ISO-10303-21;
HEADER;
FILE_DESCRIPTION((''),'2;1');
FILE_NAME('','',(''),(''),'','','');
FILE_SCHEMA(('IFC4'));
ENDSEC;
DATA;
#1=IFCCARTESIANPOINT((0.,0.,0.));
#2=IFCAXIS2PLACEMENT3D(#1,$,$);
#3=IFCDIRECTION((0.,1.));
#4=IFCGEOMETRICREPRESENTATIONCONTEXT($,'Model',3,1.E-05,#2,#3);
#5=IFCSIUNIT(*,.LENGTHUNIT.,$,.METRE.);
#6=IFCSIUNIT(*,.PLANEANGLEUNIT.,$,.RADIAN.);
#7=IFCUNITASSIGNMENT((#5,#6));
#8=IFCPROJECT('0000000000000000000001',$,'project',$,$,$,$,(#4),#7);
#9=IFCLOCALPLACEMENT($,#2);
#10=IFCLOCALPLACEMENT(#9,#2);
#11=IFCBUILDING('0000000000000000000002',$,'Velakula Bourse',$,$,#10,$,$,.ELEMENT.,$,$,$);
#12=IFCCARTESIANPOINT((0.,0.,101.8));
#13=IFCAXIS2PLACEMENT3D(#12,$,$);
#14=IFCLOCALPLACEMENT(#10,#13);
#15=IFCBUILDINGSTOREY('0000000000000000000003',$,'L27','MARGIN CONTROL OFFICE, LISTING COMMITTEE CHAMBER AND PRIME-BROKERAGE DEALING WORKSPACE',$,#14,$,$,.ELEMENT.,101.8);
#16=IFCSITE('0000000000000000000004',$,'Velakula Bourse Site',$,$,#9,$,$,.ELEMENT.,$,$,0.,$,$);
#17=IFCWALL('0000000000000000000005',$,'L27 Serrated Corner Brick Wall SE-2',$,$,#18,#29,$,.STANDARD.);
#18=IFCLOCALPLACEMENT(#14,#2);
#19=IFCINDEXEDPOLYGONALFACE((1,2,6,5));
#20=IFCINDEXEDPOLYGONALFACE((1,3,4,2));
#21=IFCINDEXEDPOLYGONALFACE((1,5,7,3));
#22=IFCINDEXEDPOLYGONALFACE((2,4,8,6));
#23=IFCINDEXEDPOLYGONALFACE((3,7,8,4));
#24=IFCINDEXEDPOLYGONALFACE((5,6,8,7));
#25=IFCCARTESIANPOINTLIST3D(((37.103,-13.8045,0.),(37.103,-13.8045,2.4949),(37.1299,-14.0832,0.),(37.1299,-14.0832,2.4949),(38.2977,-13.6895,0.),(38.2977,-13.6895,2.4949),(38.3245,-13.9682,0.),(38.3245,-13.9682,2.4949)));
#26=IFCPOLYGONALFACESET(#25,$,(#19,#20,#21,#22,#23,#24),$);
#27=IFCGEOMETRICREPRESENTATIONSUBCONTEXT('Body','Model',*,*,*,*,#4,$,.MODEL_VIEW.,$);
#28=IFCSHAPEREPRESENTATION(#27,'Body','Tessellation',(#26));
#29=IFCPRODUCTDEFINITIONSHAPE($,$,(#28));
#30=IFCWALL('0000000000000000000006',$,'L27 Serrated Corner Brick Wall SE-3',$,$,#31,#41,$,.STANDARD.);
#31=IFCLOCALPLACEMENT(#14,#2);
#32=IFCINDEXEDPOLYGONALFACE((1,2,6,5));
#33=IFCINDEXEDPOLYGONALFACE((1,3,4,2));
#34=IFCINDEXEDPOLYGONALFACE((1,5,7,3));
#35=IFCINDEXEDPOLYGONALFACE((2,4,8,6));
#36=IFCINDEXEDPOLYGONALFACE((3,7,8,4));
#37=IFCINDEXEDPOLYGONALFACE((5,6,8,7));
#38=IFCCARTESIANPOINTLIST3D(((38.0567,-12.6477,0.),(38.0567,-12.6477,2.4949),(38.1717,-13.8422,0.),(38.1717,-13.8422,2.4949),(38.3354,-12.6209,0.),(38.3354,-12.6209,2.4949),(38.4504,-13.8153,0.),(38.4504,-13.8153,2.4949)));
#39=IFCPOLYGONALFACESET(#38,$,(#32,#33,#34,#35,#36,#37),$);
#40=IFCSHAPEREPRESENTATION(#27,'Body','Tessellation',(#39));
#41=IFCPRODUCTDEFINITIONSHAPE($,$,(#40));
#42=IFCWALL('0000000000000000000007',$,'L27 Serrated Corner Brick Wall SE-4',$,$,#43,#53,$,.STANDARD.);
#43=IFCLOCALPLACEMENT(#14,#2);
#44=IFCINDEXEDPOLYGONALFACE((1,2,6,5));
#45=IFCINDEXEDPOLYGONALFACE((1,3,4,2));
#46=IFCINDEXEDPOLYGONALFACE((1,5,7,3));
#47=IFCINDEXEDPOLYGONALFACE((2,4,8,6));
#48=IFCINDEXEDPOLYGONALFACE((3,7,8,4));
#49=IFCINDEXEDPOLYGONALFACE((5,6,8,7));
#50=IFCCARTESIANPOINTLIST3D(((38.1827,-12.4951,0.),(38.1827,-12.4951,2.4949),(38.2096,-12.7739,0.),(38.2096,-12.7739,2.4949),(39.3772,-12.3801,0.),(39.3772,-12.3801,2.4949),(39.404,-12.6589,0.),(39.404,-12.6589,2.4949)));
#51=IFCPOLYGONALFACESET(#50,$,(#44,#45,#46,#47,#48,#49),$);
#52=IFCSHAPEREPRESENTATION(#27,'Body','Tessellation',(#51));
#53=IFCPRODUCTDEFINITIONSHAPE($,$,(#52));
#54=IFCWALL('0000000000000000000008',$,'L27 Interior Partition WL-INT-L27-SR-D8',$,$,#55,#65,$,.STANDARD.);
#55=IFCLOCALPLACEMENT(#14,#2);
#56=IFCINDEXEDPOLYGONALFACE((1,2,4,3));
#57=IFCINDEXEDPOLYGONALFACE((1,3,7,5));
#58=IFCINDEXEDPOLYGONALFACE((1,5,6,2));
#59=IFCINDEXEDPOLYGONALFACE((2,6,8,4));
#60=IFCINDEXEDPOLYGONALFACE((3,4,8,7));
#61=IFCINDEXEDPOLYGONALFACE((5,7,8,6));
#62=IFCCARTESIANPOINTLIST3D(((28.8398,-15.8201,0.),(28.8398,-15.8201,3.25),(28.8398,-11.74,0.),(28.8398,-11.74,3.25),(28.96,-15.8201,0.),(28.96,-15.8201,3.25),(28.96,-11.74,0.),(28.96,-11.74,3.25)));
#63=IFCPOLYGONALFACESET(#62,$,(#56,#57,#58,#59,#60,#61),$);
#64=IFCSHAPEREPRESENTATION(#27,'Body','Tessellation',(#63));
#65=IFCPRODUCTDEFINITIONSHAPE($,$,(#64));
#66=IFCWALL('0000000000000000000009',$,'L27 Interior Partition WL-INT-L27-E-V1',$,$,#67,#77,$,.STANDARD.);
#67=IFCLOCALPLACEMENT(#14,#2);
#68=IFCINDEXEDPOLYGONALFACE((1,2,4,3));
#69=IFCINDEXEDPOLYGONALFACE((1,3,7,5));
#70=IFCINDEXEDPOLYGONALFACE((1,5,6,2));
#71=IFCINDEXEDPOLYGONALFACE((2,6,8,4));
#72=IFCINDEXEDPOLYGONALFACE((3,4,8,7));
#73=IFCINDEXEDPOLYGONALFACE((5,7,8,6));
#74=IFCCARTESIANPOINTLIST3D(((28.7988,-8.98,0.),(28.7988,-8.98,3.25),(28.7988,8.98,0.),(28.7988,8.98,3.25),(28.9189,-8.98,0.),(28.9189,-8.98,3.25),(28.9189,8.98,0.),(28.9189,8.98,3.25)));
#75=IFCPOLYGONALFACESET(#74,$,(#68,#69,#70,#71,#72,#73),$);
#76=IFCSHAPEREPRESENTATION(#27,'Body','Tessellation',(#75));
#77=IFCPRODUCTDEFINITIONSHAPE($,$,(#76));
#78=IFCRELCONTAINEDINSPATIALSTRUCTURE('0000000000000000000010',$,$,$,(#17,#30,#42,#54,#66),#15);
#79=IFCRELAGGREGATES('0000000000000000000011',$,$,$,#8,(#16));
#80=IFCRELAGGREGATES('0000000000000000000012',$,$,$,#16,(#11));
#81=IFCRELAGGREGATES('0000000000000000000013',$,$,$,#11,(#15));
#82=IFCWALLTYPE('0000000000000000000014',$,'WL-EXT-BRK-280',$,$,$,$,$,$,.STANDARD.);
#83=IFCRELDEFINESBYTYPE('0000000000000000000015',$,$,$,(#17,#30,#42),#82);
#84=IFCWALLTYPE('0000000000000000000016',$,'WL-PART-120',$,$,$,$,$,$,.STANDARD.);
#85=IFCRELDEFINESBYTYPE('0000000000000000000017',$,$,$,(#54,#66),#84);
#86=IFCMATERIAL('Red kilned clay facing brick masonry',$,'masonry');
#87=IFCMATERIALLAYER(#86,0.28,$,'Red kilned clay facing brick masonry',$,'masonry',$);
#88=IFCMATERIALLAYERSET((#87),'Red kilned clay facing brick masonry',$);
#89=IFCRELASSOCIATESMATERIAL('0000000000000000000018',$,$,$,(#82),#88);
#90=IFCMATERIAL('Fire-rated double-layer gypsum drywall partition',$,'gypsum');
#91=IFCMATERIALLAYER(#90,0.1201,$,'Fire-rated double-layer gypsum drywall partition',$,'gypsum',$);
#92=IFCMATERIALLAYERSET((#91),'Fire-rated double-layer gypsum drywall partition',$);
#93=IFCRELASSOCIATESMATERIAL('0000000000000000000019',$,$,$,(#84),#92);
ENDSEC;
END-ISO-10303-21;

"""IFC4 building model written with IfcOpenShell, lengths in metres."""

from ifc_helpers import new_model, si_unit, direction, frame, frame_2d, origin, place, context, subcontext, project, spatial, rectangle, extrude, material, layer, layer_set, type_object, element, save


model = new_model("IFC4")

# Units and contexts
model_context = context("Model", 3, precision=1e-05, world=origin(), true_north=direction((0.0, 1.0)))
body_context = subcontext(model_context, "Body", "Model", "MODEL_VIEW")
ifc_project = project(units=[si_unit("LENGTHUNIT", "METRE"), si_unit("PLANEANGLEUNIT", "RADIAN")], contexts=[model_context])

# Site, building, storey
site_placement = place(None, origin())
site = spatial("IfcSite", under=ifc_project, at=site_placement, Name="Velakula Bourse Site", CompositionType="ELEMENT", RefElevation=0.0)
building_placement = place(site_placement, origin())
building = spatial("IfcBuilding", under=site, at=building_placement, Name="Velakula Bourse", CompositionType="ELEMENT")
storey_placement = place(building_placement, frame((0.0, 0.0, 101.8)))
storey = spatial("IfcBuildingStorey", under=building, at=storey_placement, Name="L27", Description="MARGIN CONTROL OFFICE, LISTING COMMITTEE CHAMBER AND PRIME-BROKERAGE DEALING WORKSPACE", CompositionType="ELEMENT", Elevation=101.8)

# Shared definitions
ifc_material_1 = material(Name="Red kilned clay facing brick masonry", Category="masonry")
ifc_layer_1 = layer(ifc_material_1, 0.28, Name="Red kilned clay facing brick masonry", Category="masonry")
ifc_layer_set_1 = layer_set([ifc_layer_1], Name="Red kilned clay facing brick masonry")
wall_type_1 = type_object("IfcWallType", Name="WL-EXT-BRK-280", PredefinedType="STANDARD", material=ifc_layer_set_1)

# Walls
for number, where, z_axis, x_axis, name in (
    (1, (37.1165, -13.9438, 0.0), (0.0, 0.0, 1.0), (0.995399, 0.095817, 0.0), "L27 Serrated Corner Brick Wall SE-2"),
):
    element("IfcWall", number, at=place(storey_placement, frame(where, z_axis=z_axis, x_axis=x_axis)), inside=storey, type_object=wall_type_1, Name=name, PredefinedType="STANDARD", context=body_context, shape_type="SweptSolid", body=[
        extrude(rectangle(XDim=1.2002, YDim=0.28, at=frame_2d((0.6001, 0.0))), origin(), (0.0, 0.0, 1.0), 2.4949),
    ])
for number, where, z_axis, x_axis, name in (
    (2, (38.311, -13.8289, 0.0), (0.0, 0.0, 1.0), (-0.095836, 0.995397, 0.0), "L27 Serrated Corner Brick Wall SE-3"),
    (3, (38.196, -12.6345, 0.0), (0.0, 0.0, 1.0), (0.995397, 0.095836, 0.0), "L27 Serrated Corner Brick Wall SE-4"),
):
    element("IfcWall", number, at=place(storey_placement, frame(where, z_axis=z_axis, x_axis=x_axis)), inside=storey, type_object=wall_type_1, Name=name, PredefinedType="STANDARD", context=body_context, shape_type="SweptSolid", body=[
        extrude(rectangle(XDim=1.2, YDim=0.28, at=frame_2d((0.6001, 0.0))), origin(), (0.0, 0.0, 1.0), 2.4949),
    ])
ifc_material_2 = material(Name="Fire-rated double-layer gypsum drywall partition", Category="gypsum")
ifc_layer_2 = layer(ifc_material_2, 0.1201, Name="Fire-rated double-layer gypsum drywall partition", Category="gypsum")
ifc_layer_set_2 = layer_set([ifc_layer_2], Name="Fire-rated double-layer gypsum drywall partition")
wall_type_2 = type_object("IfcWallType", Name="WL-PART-120", PredefinedType="STANDARD", material=ifc_layer_set_2)
wall_1_placement = place(storey_placement, frame((28.8999, -15.8201, 0.0), z_axis=(0.0, 0.0, 1.0), x_axis=(0.0, 1.0, 0.0)))
element("IfcWall", 4, at=wall_1_placement, inside=storey, type_object=wall_type_2, Name="L27 Interior Partition WL-INT-L27-SR-D8", PredefinedType="STANDARD", context=body_context, shape_type="SweptSolid", body=[
    extrude(rectangle(XDim=4.0801, YDim=0.1201, at=frame_2d((2.04, 0.0))), origin(), (0.0, 0.0, 1.0), 3.25),
])
wall_2_placement = place(storey_placement, frame((28.8589, -8.98, 0.0), z_axis=(0.0, 0.0, 1.0), x_axis=(0.0, 1.0, 0.0)))
element("IfcWall", 5, at=wall_2_placement, inside=storey, type_object=wall_type_2, Name="L27 Interior Partition WL-INT-L27-E-V1", PredefinedType="STANDARD", context=body_context, shape_type="SweptSolid", body=[
    extrude(rectangle(XDim=17.96, YDim=0.1201, at=frame_2d((8.98, 0.0))), origin(), (0.0, 0.0, 1.0), 3.25),
])

save(model, "model.ifc")
